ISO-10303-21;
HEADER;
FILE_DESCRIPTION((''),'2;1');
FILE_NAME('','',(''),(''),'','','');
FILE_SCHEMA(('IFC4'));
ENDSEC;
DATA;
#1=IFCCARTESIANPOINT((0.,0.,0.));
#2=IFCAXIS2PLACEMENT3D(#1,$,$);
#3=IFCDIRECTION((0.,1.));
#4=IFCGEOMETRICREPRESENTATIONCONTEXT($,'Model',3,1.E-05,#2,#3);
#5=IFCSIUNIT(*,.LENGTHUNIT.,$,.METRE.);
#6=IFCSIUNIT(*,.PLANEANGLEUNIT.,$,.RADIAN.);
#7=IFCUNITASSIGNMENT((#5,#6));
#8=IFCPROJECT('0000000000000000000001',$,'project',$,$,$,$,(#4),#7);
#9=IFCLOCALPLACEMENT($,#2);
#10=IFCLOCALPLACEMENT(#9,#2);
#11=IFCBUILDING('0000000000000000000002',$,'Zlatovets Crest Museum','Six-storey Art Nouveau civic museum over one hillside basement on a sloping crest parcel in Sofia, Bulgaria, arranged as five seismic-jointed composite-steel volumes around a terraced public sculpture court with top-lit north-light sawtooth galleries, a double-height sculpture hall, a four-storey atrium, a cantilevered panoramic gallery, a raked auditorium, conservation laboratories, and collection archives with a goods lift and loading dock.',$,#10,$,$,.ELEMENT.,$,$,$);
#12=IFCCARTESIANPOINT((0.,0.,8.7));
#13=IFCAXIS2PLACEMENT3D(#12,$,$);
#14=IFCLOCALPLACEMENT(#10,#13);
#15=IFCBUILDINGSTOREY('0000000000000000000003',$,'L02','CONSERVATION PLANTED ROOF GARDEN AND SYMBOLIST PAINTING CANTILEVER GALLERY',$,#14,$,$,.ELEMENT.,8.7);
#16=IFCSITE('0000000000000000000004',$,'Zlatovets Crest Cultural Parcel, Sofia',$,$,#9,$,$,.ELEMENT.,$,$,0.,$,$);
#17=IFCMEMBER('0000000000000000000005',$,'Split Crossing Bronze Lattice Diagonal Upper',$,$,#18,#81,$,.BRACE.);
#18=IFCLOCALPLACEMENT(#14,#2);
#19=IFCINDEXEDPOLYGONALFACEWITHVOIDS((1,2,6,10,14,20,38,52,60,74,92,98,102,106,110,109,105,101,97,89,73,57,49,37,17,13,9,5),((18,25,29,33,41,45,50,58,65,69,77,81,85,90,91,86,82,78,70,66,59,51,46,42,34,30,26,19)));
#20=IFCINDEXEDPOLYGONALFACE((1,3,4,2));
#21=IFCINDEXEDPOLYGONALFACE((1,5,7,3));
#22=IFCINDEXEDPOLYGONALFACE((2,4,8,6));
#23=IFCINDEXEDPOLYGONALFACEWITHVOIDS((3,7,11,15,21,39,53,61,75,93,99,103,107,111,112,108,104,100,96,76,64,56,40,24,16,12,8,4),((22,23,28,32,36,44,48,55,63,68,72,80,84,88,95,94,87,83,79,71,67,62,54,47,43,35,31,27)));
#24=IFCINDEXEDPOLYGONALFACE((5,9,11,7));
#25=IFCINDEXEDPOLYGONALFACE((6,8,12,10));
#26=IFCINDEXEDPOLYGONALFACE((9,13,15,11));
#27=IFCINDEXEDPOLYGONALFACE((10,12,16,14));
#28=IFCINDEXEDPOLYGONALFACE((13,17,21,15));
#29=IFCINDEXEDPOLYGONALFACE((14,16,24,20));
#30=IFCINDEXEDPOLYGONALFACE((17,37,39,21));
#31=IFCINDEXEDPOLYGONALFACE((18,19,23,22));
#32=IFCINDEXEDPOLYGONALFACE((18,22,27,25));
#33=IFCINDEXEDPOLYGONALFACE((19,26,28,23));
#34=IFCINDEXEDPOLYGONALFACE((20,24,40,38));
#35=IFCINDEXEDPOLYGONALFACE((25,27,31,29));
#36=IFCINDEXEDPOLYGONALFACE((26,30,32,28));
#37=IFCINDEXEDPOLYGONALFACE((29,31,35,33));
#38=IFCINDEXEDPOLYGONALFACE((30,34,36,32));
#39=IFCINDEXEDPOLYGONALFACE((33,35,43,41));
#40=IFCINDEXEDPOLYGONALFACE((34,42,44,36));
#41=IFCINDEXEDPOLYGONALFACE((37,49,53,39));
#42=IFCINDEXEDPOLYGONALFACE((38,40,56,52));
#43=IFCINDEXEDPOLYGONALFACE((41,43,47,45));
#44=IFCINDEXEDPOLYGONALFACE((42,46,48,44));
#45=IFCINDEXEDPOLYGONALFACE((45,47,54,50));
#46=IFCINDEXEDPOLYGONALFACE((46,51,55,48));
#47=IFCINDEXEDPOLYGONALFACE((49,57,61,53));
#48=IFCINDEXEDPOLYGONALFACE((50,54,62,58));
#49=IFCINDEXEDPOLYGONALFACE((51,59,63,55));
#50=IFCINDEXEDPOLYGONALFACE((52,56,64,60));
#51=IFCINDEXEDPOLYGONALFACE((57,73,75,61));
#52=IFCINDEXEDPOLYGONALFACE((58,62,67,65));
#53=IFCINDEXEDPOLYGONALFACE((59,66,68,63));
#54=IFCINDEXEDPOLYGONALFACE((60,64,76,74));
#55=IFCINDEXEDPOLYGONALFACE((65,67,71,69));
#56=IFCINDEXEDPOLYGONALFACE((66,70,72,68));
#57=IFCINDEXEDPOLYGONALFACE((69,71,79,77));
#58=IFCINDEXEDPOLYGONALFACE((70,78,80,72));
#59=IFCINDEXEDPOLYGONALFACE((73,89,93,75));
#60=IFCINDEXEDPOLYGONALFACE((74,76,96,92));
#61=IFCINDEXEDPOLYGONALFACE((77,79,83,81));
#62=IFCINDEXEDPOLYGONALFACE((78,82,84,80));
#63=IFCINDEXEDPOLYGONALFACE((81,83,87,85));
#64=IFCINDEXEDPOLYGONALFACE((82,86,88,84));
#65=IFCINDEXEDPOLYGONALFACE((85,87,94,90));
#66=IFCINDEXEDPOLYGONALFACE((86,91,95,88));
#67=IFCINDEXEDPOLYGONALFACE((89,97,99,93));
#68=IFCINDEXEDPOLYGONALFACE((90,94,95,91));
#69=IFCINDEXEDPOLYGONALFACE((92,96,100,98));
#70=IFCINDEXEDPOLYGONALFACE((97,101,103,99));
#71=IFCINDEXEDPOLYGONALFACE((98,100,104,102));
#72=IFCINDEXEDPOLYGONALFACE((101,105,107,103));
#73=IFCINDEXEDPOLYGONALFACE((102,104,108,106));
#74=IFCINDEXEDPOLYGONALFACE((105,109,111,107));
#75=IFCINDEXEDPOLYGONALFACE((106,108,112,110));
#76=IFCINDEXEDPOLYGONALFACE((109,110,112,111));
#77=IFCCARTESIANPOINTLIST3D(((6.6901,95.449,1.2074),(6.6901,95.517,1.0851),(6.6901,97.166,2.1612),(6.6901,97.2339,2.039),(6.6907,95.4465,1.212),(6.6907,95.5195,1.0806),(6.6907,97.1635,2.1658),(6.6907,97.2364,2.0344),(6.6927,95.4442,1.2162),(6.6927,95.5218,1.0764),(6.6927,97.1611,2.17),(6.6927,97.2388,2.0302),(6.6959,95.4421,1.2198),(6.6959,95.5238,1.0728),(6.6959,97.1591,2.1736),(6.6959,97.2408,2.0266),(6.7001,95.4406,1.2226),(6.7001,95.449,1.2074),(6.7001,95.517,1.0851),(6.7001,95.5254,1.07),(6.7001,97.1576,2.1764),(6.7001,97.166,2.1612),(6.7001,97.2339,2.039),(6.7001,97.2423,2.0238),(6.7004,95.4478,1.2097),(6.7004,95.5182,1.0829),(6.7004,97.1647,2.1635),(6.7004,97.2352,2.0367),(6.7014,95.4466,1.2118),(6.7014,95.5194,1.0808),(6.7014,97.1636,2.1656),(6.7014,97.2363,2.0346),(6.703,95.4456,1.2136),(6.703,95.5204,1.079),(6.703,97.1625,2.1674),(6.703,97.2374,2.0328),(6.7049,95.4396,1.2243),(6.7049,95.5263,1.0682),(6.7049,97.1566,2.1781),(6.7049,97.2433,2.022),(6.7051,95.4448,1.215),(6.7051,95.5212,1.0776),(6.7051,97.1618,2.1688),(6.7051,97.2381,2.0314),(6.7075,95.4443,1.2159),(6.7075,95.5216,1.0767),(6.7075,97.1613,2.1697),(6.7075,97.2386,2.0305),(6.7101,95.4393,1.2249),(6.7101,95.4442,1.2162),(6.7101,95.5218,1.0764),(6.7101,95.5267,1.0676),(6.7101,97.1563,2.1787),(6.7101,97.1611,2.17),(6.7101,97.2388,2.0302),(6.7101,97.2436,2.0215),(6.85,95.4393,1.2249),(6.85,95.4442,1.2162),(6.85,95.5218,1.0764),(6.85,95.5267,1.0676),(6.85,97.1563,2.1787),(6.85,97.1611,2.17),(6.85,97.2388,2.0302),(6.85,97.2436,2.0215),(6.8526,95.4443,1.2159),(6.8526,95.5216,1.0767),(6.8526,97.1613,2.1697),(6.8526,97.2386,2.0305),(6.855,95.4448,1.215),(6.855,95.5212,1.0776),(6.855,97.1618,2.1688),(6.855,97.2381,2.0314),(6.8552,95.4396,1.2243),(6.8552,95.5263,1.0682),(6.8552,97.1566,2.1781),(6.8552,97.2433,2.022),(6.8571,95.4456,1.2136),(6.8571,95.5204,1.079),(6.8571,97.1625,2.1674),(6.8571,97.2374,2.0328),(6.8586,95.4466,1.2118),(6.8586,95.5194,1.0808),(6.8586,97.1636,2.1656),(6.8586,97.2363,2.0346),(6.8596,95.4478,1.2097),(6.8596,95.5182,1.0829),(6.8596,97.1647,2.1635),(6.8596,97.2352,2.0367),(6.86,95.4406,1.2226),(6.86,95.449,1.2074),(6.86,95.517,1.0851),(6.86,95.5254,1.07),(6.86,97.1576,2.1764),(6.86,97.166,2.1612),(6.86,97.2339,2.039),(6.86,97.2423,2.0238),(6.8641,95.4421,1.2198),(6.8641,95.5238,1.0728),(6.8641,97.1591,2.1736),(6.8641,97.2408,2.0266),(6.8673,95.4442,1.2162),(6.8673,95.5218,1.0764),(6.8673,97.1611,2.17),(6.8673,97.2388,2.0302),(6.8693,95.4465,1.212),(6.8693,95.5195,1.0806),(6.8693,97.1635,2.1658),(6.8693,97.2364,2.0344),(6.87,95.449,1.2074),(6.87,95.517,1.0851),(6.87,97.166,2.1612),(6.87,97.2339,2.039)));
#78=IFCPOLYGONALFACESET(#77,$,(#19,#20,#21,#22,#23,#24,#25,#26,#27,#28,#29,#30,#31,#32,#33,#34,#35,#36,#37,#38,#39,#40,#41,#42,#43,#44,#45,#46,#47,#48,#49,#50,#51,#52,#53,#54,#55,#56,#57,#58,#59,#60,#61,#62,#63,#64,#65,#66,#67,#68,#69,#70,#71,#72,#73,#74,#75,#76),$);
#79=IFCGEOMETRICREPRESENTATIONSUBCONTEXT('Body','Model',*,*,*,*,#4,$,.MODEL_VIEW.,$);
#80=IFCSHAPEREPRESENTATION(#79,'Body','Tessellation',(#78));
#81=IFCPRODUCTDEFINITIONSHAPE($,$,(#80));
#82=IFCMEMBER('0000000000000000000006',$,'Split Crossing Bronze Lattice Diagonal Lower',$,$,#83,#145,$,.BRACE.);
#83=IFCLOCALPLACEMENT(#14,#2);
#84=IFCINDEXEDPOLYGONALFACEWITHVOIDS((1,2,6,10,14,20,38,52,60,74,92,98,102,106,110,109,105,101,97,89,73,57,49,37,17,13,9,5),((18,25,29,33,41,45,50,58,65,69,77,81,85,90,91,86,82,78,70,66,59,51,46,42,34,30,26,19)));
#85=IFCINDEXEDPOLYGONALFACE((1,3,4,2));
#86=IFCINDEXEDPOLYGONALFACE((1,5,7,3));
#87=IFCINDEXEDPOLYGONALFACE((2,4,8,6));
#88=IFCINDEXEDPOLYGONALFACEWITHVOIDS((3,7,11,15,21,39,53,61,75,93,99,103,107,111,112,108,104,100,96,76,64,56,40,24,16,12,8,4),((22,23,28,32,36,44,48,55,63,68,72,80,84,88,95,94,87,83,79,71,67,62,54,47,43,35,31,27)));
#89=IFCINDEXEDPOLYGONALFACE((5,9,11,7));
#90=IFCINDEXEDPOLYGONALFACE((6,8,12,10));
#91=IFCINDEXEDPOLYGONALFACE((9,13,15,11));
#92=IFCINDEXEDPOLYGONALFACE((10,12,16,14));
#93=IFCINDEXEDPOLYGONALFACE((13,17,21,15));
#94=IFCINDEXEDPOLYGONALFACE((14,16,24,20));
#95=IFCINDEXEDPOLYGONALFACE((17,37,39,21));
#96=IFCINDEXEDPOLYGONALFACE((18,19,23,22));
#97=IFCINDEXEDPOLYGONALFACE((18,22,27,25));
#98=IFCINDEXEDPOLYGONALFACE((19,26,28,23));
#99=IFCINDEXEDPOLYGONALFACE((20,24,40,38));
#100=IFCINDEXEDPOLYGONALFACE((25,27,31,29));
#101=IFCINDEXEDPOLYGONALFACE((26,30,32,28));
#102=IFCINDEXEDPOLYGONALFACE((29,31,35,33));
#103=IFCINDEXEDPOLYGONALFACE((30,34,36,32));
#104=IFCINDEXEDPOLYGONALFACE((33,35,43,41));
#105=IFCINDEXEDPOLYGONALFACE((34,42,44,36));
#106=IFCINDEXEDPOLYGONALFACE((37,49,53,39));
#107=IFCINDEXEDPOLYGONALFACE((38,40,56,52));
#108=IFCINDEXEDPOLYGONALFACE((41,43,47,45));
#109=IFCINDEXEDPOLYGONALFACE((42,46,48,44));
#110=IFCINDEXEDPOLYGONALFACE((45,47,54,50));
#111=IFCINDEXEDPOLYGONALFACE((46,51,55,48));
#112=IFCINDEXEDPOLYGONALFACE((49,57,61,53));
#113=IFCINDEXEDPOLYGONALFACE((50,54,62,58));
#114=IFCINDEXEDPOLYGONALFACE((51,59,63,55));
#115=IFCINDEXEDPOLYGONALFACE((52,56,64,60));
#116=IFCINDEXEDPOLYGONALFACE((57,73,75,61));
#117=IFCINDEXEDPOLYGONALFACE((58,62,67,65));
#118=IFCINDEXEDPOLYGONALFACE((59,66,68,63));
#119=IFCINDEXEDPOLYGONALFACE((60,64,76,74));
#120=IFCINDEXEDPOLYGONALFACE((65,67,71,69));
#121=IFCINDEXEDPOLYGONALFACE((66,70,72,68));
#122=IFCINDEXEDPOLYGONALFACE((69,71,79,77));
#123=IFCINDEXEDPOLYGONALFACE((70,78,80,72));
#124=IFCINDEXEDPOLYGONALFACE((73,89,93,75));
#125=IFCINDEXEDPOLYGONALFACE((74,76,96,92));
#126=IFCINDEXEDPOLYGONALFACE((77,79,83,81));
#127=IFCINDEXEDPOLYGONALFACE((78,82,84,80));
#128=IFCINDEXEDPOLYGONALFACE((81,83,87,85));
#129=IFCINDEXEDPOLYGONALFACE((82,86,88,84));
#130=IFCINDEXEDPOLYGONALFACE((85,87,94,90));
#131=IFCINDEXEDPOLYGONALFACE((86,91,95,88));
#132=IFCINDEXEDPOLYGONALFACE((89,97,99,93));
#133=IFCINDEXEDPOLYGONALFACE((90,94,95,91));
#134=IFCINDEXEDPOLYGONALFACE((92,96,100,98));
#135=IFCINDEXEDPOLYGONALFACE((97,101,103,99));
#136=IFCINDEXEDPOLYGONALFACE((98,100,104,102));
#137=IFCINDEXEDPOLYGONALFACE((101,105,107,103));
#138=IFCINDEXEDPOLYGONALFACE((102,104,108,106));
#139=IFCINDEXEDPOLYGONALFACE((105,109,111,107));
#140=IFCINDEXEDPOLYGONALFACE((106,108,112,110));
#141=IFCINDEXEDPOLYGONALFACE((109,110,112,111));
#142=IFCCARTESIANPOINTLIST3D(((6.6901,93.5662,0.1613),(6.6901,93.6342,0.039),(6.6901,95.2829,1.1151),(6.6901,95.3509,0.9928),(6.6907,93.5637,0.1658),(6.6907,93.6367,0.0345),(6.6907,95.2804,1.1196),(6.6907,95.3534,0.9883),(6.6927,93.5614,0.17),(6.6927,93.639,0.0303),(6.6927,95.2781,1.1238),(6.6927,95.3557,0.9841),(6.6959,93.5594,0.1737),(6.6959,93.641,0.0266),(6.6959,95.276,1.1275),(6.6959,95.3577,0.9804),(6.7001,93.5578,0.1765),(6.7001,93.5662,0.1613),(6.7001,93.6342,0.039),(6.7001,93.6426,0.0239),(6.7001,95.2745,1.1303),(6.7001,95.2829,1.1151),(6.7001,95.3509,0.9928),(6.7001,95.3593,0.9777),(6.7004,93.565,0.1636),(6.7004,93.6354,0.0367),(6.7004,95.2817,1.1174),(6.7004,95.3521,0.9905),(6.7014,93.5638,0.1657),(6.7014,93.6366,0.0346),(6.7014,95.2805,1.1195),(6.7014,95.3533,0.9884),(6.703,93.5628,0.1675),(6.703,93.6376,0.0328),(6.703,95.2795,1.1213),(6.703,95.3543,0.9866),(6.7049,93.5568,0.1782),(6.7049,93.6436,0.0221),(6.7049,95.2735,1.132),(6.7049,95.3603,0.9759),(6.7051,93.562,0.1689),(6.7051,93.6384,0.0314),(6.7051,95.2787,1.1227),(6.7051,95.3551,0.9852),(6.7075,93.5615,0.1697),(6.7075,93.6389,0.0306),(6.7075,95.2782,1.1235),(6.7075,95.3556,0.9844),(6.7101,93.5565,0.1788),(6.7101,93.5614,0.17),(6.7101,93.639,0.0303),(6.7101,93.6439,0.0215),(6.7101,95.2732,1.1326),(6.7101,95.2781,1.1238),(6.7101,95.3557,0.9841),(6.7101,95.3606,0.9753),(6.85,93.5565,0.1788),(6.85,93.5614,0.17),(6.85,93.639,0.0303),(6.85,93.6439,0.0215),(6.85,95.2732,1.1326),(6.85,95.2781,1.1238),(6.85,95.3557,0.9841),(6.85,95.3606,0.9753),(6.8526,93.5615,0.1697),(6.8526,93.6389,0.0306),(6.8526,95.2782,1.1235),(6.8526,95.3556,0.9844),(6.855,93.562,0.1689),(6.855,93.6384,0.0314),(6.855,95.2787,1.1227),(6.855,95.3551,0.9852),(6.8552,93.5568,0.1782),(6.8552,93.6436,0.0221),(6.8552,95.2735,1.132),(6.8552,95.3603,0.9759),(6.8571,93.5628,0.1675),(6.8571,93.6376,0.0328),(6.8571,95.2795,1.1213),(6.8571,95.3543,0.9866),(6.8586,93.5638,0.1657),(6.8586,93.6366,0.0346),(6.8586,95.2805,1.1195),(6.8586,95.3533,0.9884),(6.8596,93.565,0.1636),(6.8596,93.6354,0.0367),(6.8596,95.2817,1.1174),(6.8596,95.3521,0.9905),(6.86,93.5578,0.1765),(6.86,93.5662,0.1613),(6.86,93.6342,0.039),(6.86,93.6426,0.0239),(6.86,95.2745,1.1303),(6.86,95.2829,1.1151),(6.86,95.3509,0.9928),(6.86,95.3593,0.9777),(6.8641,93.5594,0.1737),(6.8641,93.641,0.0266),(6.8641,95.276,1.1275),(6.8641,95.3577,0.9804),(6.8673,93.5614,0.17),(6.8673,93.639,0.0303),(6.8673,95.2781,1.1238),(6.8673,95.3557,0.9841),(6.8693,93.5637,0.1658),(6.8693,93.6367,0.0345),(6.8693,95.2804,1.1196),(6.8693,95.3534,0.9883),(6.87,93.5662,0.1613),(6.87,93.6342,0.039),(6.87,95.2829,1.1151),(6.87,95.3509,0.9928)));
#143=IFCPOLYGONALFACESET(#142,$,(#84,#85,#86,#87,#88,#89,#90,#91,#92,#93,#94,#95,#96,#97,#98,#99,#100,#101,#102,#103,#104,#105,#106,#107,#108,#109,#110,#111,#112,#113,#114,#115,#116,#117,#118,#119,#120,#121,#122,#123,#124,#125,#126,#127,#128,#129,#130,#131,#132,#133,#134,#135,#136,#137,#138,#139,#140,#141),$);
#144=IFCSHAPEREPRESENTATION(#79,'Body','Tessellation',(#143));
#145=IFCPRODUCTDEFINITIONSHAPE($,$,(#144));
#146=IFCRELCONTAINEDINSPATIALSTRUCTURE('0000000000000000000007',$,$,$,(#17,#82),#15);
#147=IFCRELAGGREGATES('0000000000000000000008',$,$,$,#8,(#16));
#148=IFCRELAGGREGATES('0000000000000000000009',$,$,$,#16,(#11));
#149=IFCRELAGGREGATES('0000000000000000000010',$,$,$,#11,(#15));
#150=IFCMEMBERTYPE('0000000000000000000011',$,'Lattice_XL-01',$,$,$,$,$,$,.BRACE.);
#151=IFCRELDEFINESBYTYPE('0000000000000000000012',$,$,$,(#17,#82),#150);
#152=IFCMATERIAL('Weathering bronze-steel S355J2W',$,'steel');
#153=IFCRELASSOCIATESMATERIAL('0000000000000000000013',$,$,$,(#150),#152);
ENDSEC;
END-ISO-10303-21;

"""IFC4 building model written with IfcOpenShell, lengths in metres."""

from ifc_helpers import new_model, si_unit, direction, frame, origin, origin_2d, place, context, subcontext, project, spatial, hollow_rectangle, extrude, material, material_profile, profile_set, type_object, element, save


model = new_model("IFC4")

# Units and contexts
model_context = context("Model", 3, precision=1e-05, world=origin(), true_north=direction((0.0, 1.0)))
body_context = subcontext(model_context, "Body", "Model", "MODEL_VIEW")
ifc_project = project(units=[si_unit("LENGTHUNIT", "METRE"), si_unit("PLANEANGLEUNIT", "RADIAN")], contexts=[model_context])

# Site, building, storey
site_placement = place(None, origin())
site = spatial("IfcSite", under=ifc_project, at=site_placement, Name="Zlatovets Crest Cultural Parcel, Sofia", CompositionType="ELEMENT", RefElevation=0.0)
building_placement = place(site_placement, origin())
building = spatial("IfcBuilding", under=site, at=building_placement, Name="Zlatovets Crest Museum", Description="Six-storey Art Nouveau civic museum over one hillside basement on a sloping crest parcel in Sofia, Bulgaria, arranged as five seismic-jointed composite-steel volumes around a terraced public sculpture court with top-lit north-light sawtooth galleries, a double-height sculpture hall, a four-storey atrium, a cantilevered panoramic gallery, a raked auditorium, conservation laboratories, and collection archives with a goods lift and loading dock.", CompositionType="ELEMENT")
storey_placement = place(building_placement, frame((0.0, 0.0, 8.7)))
storey = spatial("IfcBuildingStorey", under=building, at=storey_placement, Name="L02", Description="CONSERVATION PLANTED ROOF GARDEN AND SYMBOLIST PAINTING CANTILEVER GALLERY", CompositionType="ELEMENT", Elevation=8.7)

# Members
ifc_material_1 = material(Name="Weathering bronze-steel S355J2W", Category="steel")
ifc_material_profile_1 = material_profile(ifc_material_1, hollow_rectangle(XDim=0.1799, YDim=0.1799, WallThickness=0.01, InnerFilletRadius=0.01, OuterFilletRadius=0.02, at=origin_2d()), Name="SHS 180x180x10.0")
ifc_profile_set_1 = profile_set([ifc_material_profile_1], Name="Weathering bronze-steel S355J2W")
member_type_1 = type_object("IfcMemberType", Name="Lattice_XL-01", PredefinedType="BRACE", material=ifc_profile_set_1)
member_1_placement = place(storey_placement, frame((6.78, 97.2, 2.1001), z_axis=(0.0, -0.874169, -0.485622), x_axis=(1.0, 0.0, 0.0)))
element("IfcMember", 1, at=member_1_placement, inside=storey, type_object=member_type_1, Name="Split Crossing Bronze Lattice Diagonal Upper", PredefinedType="BRACE", context=body_context, shape_type="SweptSolid", body=[
    extrude(hollow_rectangle(XDim=0.1799, YDim=0.1799, WallThickness=0.01, InnerFilletRadius=0.01, OuterFilletRadius=0.02, at=origin_2d()), origin(), (0.0, 0.0, 1.0), 1.9641),
])
member_2_placement = place(storey_placement, frame((6.78, 95.3169, 1.054), z_axis=(0.0, -0.87414, -0.485675), x_axis=(1.0, 0.0, 0.0)))
element("IfcMember", 2, at=member_2_placement, inside=storey, type_object=member_type_1, Name="Split Crossing Bronze Lattice Diagonal Lower", PredefinedType="BRACE", context=body_context, shape_type="SweptSolid", body=[
    extrude(hollow_rectangle(XDim=0.1799, YDim=0.1799, WallThickness=0.01, InnerFilletRadius=0.01, OuterFilletRadius=0.02, at=origin_2d()), origin(), (0.0, 0.0, 1.0), 1.9639),
])

save(model, "model.ifc")
